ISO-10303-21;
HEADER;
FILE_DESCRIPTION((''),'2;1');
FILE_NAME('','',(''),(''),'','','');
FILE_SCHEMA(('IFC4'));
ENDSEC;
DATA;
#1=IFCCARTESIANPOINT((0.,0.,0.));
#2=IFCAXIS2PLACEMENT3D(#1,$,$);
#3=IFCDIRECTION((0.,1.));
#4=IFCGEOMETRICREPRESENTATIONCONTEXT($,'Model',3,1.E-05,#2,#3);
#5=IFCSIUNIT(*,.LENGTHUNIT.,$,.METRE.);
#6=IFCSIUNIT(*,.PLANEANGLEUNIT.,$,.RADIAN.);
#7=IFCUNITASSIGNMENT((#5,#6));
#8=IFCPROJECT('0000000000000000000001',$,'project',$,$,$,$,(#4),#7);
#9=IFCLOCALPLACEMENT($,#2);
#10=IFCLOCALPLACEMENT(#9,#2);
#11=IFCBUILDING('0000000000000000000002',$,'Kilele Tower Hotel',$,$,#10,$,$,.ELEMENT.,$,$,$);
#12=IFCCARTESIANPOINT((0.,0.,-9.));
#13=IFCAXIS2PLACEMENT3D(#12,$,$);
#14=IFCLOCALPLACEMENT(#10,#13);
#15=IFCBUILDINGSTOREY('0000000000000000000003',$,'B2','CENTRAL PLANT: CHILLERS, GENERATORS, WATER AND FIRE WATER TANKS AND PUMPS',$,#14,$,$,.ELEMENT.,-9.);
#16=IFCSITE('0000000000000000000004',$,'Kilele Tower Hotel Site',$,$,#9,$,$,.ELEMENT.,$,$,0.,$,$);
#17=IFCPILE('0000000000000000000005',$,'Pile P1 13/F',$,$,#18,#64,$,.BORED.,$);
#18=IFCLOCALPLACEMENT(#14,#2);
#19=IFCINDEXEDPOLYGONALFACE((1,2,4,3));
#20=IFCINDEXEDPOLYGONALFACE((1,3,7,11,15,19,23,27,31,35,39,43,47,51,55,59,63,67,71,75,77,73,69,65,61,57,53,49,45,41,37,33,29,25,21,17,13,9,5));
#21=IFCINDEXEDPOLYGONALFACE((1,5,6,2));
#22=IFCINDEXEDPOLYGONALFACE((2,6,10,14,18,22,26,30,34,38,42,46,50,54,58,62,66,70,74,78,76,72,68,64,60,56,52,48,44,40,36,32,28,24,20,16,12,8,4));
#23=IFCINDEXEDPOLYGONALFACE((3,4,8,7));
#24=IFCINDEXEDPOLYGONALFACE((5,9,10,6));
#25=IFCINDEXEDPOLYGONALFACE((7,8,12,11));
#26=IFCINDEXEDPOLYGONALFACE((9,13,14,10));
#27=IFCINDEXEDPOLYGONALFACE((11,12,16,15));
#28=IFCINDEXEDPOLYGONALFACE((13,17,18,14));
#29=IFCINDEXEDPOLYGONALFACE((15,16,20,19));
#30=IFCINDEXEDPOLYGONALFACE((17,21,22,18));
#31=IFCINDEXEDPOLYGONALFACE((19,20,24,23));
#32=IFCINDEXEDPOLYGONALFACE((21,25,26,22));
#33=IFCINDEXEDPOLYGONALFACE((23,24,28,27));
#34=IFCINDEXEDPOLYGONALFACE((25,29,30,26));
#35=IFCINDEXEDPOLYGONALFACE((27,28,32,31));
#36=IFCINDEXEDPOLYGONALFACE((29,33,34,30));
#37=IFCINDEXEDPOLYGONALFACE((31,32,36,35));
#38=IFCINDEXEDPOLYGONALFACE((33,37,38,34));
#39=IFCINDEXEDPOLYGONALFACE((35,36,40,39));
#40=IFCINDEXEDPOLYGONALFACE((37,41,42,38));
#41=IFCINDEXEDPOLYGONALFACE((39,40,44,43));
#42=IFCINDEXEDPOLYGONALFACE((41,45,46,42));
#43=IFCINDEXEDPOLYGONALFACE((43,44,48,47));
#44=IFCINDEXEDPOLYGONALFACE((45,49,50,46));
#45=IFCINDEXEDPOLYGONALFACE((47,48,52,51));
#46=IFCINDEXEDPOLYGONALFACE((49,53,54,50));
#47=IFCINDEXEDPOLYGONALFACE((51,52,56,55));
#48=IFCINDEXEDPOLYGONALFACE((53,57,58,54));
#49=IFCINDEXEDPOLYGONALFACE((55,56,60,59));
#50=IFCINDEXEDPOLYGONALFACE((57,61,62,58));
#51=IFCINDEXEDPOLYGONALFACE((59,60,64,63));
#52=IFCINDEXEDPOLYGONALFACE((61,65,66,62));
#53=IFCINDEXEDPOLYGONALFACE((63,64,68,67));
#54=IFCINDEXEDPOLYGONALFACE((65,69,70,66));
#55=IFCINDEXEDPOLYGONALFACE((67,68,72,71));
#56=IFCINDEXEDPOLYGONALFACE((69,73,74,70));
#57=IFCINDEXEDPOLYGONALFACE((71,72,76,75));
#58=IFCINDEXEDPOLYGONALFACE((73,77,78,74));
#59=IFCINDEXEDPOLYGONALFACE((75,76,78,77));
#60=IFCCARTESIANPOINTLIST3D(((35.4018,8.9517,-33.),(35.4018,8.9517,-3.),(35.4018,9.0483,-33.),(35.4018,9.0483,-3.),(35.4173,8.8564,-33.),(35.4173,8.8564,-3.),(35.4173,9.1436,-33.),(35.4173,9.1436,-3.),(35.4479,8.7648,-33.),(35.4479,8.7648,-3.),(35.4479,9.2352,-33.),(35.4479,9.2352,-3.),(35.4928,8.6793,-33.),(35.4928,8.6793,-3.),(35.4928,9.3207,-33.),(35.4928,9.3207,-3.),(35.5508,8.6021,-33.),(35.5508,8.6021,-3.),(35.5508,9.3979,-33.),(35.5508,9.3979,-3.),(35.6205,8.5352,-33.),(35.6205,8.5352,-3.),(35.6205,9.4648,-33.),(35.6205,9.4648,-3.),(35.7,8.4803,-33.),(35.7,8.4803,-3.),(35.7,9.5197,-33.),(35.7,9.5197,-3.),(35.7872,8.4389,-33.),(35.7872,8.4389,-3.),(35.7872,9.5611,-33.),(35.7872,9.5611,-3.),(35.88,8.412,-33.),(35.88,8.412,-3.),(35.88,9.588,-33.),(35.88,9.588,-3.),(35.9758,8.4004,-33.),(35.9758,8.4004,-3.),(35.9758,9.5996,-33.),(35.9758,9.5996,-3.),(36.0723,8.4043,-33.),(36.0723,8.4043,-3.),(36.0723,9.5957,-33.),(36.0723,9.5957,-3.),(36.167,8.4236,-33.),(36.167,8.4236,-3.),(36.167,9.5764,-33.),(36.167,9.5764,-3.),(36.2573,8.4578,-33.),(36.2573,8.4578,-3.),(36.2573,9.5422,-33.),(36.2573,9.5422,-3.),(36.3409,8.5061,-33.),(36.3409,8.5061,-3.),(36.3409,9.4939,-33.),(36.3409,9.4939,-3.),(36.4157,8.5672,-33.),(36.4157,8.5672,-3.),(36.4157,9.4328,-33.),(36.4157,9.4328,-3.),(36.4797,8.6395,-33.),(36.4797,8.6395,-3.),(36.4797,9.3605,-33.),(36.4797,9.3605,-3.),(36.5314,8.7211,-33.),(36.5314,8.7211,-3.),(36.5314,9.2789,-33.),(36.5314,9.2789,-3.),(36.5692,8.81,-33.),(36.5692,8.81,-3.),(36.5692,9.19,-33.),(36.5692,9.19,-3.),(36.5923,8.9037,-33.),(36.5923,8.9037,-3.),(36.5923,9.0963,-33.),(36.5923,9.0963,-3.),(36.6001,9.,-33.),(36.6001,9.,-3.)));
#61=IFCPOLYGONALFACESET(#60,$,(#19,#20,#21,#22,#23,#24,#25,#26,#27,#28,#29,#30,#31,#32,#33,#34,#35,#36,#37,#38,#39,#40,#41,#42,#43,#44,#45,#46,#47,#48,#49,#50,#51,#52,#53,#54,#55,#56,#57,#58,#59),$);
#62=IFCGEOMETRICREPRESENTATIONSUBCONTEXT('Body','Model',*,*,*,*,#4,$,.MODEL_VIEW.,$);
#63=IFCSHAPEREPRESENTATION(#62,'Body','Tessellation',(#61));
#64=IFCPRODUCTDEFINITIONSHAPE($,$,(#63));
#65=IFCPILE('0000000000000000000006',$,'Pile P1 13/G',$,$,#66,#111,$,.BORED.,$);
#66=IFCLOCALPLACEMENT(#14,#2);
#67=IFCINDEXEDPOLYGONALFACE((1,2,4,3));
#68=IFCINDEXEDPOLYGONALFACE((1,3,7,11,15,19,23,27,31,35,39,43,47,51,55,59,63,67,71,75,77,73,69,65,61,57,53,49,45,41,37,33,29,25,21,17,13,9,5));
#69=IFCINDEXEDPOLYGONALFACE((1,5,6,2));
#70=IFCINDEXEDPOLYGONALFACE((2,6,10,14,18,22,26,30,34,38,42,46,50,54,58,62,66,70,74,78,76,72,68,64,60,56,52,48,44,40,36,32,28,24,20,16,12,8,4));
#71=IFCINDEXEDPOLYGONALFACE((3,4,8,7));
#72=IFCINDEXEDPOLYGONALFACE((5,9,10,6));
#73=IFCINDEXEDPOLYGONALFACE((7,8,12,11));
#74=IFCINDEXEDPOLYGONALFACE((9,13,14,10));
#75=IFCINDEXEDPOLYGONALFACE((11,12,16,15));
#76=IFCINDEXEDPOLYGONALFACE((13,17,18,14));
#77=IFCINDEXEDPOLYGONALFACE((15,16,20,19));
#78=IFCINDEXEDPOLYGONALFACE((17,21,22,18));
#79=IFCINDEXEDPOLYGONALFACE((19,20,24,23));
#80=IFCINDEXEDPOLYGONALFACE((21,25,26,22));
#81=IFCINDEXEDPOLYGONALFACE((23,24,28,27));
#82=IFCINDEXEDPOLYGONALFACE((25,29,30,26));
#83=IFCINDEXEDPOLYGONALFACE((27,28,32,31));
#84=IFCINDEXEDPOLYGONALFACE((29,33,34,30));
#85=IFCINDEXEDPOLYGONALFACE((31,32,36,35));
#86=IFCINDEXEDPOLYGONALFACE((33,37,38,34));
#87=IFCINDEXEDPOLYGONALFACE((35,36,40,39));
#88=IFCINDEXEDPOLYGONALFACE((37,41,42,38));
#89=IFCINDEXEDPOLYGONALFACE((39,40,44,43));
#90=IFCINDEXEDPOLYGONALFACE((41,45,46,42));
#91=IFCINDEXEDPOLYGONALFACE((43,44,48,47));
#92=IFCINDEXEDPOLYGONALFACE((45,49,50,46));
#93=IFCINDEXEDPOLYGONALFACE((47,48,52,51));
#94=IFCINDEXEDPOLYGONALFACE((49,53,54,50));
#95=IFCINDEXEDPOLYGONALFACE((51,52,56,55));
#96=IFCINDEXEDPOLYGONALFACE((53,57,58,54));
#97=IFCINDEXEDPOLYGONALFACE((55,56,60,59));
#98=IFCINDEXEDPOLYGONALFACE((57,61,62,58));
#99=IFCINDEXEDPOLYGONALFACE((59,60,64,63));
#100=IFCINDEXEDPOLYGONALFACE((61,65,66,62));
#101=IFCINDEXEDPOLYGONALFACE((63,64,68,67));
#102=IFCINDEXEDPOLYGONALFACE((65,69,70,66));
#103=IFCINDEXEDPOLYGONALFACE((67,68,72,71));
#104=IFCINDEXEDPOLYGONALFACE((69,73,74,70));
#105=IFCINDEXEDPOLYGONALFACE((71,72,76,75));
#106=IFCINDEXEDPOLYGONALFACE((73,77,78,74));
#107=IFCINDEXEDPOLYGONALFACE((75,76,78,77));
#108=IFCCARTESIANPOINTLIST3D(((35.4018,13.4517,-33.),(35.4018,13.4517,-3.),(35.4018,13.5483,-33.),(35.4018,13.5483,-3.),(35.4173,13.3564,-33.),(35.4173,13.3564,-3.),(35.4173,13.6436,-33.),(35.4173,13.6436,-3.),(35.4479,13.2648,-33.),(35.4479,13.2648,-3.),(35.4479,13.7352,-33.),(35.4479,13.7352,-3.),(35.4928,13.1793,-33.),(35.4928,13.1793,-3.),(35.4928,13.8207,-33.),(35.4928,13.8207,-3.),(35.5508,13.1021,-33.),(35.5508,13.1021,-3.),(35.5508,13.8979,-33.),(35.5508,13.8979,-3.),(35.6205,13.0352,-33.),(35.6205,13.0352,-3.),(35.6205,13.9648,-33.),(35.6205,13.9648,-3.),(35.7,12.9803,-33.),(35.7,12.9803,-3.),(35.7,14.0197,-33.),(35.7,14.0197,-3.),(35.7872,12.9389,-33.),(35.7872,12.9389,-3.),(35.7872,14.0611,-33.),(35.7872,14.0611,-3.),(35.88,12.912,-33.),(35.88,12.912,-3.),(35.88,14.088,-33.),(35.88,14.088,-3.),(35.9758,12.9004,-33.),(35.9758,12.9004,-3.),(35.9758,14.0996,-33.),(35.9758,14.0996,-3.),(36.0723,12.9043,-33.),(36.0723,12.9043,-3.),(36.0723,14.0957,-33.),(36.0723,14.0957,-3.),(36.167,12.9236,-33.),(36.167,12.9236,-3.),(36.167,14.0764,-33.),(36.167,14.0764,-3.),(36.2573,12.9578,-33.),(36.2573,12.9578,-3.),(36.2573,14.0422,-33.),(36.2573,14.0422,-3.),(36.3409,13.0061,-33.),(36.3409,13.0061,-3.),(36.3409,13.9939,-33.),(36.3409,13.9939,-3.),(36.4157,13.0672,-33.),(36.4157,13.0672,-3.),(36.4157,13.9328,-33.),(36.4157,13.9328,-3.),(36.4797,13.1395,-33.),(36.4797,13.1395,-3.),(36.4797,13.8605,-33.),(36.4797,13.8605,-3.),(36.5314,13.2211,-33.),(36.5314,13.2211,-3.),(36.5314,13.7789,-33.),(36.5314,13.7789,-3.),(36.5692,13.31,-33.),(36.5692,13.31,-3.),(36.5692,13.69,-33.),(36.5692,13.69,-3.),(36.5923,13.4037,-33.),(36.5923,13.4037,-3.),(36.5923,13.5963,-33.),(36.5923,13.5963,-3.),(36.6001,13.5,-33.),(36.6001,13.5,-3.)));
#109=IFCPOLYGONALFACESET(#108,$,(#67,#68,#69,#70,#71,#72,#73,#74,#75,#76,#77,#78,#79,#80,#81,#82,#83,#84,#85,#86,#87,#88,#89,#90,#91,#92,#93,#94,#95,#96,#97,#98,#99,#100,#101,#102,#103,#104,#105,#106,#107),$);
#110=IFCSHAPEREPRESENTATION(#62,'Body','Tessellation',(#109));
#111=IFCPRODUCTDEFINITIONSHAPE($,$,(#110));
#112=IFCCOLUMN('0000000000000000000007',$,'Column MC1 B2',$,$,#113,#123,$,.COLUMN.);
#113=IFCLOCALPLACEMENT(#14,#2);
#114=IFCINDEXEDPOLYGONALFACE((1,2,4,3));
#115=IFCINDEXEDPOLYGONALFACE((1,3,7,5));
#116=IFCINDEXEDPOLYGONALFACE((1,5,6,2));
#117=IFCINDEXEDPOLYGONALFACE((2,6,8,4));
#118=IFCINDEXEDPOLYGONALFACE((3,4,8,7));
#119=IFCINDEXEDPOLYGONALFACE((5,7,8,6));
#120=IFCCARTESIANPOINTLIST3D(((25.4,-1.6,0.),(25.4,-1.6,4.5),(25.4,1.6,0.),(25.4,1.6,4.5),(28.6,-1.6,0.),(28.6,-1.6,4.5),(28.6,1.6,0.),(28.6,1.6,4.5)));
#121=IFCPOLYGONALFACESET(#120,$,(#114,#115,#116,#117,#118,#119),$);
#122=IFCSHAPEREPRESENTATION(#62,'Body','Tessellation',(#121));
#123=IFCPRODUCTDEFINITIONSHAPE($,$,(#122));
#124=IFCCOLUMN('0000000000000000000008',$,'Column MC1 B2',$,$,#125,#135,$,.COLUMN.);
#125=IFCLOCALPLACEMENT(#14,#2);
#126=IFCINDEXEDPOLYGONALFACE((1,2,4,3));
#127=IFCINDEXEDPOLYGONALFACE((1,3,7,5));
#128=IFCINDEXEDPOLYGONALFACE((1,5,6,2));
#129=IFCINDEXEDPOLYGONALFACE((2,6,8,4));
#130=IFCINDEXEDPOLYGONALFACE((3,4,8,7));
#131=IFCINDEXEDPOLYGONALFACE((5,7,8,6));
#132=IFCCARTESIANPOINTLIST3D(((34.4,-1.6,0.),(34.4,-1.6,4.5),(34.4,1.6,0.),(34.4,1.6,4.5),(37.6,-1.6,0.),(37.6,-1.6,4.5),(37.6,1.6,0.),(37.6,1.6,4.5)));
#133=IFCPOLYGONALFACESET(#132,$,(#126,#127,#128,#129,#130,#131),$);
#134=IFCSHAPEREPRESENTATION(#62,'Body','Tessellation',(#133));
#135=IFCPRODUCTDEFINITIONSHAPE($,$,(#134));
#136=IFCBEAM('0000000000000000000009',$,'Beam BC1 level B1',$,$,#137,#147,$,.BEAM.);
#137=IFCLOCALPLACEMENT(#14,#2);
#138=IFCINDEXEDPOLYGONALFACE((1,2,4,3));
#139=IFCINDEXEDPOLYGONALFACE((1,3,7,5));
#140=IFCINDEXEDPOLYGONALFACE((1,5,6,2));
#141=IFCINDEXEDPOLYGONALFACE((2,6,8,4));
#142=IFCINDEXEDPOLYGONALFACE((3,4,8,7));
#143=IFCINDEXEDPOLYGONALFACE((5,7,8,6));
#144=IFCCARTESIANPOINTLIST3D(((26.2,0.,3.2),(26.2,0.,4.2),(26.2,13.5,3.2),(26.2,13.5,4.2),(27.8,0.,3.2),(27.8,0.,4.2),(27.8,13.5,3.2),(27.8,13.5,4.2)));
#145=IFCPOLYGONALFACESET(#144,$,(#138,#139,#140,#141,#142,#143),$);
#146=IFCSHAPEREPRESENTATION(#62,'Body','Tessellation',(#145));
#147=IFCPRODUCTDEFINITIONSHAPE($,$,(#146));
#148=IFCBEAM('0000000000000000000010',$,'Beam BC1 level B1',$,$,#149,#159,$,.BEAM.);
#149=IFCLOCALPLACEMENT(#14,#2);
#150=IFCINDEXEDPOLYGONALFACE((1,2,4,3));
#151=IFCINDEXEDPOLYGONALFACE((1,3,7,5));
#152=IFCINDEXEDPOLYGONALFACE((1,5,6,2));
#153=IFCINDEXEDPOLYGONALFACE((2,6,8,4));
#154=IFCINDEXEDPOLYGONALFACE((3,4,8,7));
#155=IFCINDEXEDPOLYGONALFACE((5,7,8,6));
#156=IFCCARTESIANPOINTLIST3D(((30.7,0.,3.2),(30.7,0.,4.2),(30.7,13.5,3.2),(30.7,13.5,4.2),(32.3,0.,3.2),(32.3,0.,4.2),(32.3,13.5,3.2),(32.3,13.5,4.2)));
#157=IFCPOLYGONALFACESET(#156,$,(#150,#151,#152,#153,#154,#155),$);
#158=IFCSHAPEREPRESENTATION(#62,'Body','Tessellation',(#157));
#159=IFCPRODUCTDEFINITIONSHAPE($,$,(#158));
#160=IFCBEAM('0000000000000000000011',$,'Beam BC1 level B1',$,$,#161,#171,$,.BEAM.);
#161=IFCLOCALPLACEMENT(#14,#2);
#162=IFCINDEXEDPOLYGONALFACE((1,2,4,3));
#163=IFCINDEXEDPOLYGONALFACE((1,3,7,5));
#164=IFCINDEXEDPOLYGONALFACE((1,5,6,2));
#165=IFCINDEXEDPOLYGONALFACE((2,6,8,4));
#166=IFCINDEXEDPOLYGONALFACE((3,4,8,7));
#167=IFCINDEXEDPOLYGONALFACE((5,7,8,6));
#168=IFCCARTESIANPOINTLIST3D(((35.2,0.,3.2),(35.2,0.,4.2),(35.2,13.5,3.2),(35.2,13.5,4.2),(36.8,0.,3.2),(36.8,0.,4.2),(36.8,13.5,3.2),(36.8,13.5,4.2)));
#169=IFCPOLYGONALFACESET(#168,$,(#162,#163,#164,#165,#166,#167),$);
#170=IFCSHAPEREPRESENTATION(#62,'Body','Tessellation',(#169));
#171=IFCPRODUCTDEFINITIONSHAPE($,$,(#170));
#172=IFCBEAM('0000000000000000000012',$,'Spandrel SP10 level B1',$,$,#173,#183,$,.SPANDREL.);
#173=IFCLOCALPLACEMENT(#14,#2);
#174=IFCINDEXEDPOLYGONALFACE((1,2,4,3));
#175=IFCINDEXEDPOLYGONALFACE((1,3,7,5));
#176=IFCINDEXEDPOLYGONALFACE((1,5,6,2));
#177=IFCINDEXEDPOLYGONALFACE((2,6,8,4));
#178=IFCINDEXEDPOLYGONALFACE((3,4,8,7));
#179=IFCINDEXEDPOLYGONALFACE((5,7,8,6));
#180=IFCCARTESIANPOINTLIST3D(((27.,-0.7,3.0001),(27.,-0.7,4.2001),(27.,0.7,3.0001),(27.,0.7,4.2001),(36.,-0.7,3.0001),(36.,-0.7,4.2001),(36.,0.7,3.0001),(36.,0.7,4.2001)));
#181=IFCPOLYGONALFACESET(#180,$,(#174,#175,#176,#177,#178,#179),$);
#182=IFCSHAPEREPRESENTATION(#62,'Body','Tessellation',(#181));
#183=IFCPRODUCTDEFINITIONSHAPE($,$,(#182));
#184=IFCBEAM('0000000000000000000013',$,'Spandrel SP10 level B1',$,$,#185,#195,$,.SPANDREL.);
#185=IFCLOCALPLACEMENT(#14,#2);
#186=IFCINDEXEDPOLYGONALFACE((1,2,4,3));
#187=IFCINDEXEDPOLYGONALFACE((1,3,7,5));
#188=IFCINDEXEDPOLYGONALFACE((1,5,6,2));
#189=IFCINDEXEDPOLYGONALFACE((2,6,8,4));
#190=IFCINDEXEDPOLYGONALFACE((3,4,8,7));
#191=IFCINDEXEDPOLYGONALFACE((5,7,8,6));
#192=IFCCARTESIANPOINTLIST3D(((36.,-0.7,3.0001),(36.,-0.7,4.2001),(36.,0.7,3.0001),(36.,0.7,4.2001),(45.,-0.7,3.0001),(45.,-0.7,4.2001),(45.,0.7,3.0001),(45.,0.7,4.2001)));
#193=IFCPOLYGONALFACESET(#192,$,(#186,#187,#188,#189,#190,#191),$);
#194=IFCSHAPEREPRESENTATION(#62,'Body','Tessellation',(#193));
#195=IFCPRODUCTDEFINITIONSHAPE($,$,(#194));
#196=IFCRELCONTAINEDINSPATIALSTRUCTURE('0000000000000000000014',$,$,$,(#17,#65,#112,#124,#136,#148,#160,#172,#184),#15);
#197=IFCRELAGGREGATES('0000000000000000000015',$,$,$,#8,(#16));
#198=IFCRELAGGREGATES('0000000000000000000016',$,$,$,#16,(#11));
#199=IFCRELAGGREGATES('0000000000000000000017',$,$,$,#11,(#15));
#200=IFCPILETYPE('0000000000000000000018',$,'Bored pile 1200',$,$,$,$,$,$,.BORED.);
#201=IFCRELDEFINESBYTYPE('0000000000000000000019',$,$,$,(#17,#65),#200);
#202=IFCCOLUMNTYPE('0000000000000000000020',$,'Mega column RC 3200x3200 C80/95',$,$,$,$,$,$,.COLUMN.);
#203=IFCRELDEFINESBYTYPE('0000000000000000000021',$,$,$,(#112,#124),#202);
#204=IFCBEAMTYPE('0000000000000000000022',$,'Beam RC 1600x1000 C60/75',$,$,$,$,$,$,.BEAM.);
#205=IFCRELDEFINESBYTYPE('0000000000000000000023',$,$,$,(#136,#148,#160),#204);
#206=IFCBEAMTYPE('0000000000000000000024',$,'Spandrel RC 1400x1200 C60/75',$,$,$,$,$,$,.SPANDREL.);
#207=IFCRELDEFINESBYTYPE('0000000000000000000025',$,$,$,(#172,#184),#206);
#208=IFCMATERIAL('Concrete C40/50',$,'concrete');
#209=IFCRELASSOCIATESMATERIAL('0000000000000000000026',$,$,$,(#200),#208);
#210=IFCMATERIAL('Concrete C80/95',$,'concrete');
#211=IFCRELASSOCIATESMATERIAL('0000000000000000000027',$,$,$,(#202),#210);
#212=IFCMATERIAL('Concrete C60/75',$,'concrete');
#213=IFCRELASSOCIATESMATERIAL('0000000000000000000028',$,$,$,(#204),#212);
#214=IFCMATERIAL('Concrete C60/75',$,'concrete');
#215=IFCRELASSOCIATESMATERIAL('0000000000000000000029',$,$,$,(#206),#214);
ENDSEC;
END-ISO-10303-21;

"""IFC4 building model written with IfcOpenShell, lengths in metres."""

from ifc_helpers import new_model, si_unit, direction, frame, origin, origin_2d, place, context, subcontext, project, spatial, rectangle, circle, extrude, material, material_profile, profile_set, type_object, element, save


model = new_model("IFC4")

# Units and contexts
model_context = context("Model", 3, precision=1e-05, world=origin(), true_north=direction((0.0, 1.0)))
body_context = subcontext(model_context, "Body", "Model", "MODEL_VIEW")
ifc_project = project(units=[si_unit("LENGTHUNIT", "METRE"), si_unit("PLANEANGLEUNIT", "RADIAN")], contexts=[model_context])

# Site, building, storey
site_placement = place(None, origin())
site = spatial("IfcSite", under=ifc_project, at=site_placement, Name="Kilele Tower Hotel Site", CompositionType="ELEMENT", RefElevation=0.0)
building_placement = place(site_placement, origin())
building = spatial("IfcBuilding", under=site, at=building_placement, Name="Kilele Tower Hotel", CompositionType="ELEMENT")
storey_placement = place(building_placement, frame((0.0, 0.0, -9.0)))
storey = spatial("IfcBuildingStorey", under=building, at=storey_placement, Name="B2", Description="CENTRAL PLANT: CHILLERS, GENERATORS, WATER AND FIRE WATER TANKS AND PUMPS", CompositionType="ELEMENT", Elevation=-9.0)

# Piles
ifc_material_1 = material(Name="Concrete C40/50", Category="concrete")
ifc_material_profile_1 = material_profile(ifc_material_1, circle(Radius=0.6001, at=origin_2d()))
ifc_profile_set_1 = profile_set([ifc_material_profile_1], Name="Concrete C40/50")
pile_type = type_object("IfcPileType", Name="Bored pile 1200", PredefinedType="BORED", material=ifc_profile_set_1)
for number, where, z_axis, x_axis, name in (
    (1, (36.0, 9.0, -3.0), (0.0, 0.0, -1.0), (1.0, 0.0, 0.0), "Pile P1 13/F"),
    (2, (36.0, 13.5, -3.0), (0.0, 0.0, -1.0), (1.0, 0.0, 0.0), "Pile P1 13/G"),
):
    element("IfcPile", number, at=place(storey_placement, frame(where, z_axis=z_axis, x_axis=x_axis)), inside=storey, type_object=pile_type, Name=name, PredefinedType="BORED", context=body_context, shape_type="SweptSolid", body=[
        extrude(circle(Radius=0.6001, at=origin_2d()), origin(), (0.0, 0.0, 1.0), 30.0),
    ])

# Columns
ifc_material_2 = material(Name="Concrete C80/95", Category="concrete")
ifc_material_profile_2 = material_profile(ifc_material_2, rectangle(XDim=3.2, YDim=3.2, at=origin_2d()))
ifc_profile_set_2 = profile_set([ifc_material_profile_2], Name="Concrete C80/95")
column_type = type_object("IfcColumnType", Name="Mega column RC 3200x3200 C80/95", PredefinedType="COLUMN", material=ifc_profile_set_2)
for number, where, z_axis, x_axis, name in (
    (3, (27.0, 0.0, 0.0), (0.0, 0.0, 1.0), (1.0, 0.0, 0.0), "Column MC1 B2"),
    (4, (36.0, 0.0, 0.0), (0.0, 0.0, 1.0), (1.0, 0.0, 0.0), "Column MC1 B2"),
):
    element("IfcColumn", number, at=place(storey_placement, frame(where, z_axis=z_axis, x_axis=x_axis)), inside=storey, type_object=column_type, Name=name, PredefinedType="COLUMN", context=body_context, shape_type="SweptSolid", body=[
        extrude(rectangle(XDim=3.2, YDim=3.2, at=origin_2d()), origin(), (0.0, 0.0, 1.0), 4.5),
    ])

# Beams
ifc_material_3 = material(Name="Concrete C60/75", Category="concrete")
ifc_material_profile_3 = material_profile(ifc_material_3, rectangle(XDim=1.6001, YDim=1.0, at=origin_2d()))
ifc_profile_set_3 = profile_set([ifc_material_profile_3], Name="Concrete C60/75")
beam_type_1 = type_object("IfcBeamType", Name="Beam RC 1600x1000 C60/75", PredefinedType="BEAM", material=ifc_profile_set_3)
for number, where, z_axis, x_axis, name in (
    (5, (27.0, 0.0, 3.7), (0.0, 1.0, 0.0), (-1.0, 0.0, 0.0), "Beam BC1 level B1"),
    (6, (31.5, 0.0, 3.7), (0.0, 1.0, 0.0), (-1.0, 0.0, 0.0), "Beam BC1 level B1"),
    (7, (36.0, 0.0, 3.7), (0.0, 1.0, 0.0), (-1.0, 0.0, 0.0), "Beam BC1 level B1"),
):
    element("IfcBeam", number, at=place(storey_placement, frame(where, z_axis=z_axis, x_axis=x_axis)), inside=storey, type_object=beam_type_1, Name=name, PredefinedType="BEAM", context=body_context, shape_type="SweptSolid", body=[
        extrude(rectangle(XDim=1.6001, YDim=1.0, at=origin_2d()), origin(), (0.0, 0.0, 1.0), 13.5),
    ])
ifc_material_4 = material(Name="Concrete C60/75", Category="concrete")
ifc_material_profile_4 = material_profile(ifc_material_4, rectangle(XDim=1.3999, YDim=1.2, at=origin_2d()))
ifc_profile_set_4 = profile_set([ifc_material_profile_4], Name="Concrete C60/75")
beam_type_2 = type_object("IfcBeamType", Name="Spandrel RC 1400x1200 C60/75", PredefinedType="SPANDREL", material=ifc_profile_set_4)
for number, where, z_axis, x_axis, name in (
    (8, (27.0, 0.0, 3.6001), (1.0, 0.0, 0.0), (0.0, 1.0, 0.0), "Spandrel SP10 level B1"),
    (9, (36.0, 0.0, 3.6001), (1.0, 0.0, 0.0), (0.0, 1.0, 0.0), "Spandrel SP10 level B1"),
):
    element("IfcBeam", number, at=place(storey_placement, frame(where, z_axis=z_axis, x_axis=x_axis)), inside=storey, type_object=beam_type_2, Name=name, PredefinedType="SPANDREL", context=body_context, shape_type="SweptSolid", body=[
        extrude(rectangle(XDim=1.3999, YDim=1.2, at=origin_2d()), origin(), (0.0, 0.0, 1.0), 9.0),
    ])

save(model, "model.ifc")
